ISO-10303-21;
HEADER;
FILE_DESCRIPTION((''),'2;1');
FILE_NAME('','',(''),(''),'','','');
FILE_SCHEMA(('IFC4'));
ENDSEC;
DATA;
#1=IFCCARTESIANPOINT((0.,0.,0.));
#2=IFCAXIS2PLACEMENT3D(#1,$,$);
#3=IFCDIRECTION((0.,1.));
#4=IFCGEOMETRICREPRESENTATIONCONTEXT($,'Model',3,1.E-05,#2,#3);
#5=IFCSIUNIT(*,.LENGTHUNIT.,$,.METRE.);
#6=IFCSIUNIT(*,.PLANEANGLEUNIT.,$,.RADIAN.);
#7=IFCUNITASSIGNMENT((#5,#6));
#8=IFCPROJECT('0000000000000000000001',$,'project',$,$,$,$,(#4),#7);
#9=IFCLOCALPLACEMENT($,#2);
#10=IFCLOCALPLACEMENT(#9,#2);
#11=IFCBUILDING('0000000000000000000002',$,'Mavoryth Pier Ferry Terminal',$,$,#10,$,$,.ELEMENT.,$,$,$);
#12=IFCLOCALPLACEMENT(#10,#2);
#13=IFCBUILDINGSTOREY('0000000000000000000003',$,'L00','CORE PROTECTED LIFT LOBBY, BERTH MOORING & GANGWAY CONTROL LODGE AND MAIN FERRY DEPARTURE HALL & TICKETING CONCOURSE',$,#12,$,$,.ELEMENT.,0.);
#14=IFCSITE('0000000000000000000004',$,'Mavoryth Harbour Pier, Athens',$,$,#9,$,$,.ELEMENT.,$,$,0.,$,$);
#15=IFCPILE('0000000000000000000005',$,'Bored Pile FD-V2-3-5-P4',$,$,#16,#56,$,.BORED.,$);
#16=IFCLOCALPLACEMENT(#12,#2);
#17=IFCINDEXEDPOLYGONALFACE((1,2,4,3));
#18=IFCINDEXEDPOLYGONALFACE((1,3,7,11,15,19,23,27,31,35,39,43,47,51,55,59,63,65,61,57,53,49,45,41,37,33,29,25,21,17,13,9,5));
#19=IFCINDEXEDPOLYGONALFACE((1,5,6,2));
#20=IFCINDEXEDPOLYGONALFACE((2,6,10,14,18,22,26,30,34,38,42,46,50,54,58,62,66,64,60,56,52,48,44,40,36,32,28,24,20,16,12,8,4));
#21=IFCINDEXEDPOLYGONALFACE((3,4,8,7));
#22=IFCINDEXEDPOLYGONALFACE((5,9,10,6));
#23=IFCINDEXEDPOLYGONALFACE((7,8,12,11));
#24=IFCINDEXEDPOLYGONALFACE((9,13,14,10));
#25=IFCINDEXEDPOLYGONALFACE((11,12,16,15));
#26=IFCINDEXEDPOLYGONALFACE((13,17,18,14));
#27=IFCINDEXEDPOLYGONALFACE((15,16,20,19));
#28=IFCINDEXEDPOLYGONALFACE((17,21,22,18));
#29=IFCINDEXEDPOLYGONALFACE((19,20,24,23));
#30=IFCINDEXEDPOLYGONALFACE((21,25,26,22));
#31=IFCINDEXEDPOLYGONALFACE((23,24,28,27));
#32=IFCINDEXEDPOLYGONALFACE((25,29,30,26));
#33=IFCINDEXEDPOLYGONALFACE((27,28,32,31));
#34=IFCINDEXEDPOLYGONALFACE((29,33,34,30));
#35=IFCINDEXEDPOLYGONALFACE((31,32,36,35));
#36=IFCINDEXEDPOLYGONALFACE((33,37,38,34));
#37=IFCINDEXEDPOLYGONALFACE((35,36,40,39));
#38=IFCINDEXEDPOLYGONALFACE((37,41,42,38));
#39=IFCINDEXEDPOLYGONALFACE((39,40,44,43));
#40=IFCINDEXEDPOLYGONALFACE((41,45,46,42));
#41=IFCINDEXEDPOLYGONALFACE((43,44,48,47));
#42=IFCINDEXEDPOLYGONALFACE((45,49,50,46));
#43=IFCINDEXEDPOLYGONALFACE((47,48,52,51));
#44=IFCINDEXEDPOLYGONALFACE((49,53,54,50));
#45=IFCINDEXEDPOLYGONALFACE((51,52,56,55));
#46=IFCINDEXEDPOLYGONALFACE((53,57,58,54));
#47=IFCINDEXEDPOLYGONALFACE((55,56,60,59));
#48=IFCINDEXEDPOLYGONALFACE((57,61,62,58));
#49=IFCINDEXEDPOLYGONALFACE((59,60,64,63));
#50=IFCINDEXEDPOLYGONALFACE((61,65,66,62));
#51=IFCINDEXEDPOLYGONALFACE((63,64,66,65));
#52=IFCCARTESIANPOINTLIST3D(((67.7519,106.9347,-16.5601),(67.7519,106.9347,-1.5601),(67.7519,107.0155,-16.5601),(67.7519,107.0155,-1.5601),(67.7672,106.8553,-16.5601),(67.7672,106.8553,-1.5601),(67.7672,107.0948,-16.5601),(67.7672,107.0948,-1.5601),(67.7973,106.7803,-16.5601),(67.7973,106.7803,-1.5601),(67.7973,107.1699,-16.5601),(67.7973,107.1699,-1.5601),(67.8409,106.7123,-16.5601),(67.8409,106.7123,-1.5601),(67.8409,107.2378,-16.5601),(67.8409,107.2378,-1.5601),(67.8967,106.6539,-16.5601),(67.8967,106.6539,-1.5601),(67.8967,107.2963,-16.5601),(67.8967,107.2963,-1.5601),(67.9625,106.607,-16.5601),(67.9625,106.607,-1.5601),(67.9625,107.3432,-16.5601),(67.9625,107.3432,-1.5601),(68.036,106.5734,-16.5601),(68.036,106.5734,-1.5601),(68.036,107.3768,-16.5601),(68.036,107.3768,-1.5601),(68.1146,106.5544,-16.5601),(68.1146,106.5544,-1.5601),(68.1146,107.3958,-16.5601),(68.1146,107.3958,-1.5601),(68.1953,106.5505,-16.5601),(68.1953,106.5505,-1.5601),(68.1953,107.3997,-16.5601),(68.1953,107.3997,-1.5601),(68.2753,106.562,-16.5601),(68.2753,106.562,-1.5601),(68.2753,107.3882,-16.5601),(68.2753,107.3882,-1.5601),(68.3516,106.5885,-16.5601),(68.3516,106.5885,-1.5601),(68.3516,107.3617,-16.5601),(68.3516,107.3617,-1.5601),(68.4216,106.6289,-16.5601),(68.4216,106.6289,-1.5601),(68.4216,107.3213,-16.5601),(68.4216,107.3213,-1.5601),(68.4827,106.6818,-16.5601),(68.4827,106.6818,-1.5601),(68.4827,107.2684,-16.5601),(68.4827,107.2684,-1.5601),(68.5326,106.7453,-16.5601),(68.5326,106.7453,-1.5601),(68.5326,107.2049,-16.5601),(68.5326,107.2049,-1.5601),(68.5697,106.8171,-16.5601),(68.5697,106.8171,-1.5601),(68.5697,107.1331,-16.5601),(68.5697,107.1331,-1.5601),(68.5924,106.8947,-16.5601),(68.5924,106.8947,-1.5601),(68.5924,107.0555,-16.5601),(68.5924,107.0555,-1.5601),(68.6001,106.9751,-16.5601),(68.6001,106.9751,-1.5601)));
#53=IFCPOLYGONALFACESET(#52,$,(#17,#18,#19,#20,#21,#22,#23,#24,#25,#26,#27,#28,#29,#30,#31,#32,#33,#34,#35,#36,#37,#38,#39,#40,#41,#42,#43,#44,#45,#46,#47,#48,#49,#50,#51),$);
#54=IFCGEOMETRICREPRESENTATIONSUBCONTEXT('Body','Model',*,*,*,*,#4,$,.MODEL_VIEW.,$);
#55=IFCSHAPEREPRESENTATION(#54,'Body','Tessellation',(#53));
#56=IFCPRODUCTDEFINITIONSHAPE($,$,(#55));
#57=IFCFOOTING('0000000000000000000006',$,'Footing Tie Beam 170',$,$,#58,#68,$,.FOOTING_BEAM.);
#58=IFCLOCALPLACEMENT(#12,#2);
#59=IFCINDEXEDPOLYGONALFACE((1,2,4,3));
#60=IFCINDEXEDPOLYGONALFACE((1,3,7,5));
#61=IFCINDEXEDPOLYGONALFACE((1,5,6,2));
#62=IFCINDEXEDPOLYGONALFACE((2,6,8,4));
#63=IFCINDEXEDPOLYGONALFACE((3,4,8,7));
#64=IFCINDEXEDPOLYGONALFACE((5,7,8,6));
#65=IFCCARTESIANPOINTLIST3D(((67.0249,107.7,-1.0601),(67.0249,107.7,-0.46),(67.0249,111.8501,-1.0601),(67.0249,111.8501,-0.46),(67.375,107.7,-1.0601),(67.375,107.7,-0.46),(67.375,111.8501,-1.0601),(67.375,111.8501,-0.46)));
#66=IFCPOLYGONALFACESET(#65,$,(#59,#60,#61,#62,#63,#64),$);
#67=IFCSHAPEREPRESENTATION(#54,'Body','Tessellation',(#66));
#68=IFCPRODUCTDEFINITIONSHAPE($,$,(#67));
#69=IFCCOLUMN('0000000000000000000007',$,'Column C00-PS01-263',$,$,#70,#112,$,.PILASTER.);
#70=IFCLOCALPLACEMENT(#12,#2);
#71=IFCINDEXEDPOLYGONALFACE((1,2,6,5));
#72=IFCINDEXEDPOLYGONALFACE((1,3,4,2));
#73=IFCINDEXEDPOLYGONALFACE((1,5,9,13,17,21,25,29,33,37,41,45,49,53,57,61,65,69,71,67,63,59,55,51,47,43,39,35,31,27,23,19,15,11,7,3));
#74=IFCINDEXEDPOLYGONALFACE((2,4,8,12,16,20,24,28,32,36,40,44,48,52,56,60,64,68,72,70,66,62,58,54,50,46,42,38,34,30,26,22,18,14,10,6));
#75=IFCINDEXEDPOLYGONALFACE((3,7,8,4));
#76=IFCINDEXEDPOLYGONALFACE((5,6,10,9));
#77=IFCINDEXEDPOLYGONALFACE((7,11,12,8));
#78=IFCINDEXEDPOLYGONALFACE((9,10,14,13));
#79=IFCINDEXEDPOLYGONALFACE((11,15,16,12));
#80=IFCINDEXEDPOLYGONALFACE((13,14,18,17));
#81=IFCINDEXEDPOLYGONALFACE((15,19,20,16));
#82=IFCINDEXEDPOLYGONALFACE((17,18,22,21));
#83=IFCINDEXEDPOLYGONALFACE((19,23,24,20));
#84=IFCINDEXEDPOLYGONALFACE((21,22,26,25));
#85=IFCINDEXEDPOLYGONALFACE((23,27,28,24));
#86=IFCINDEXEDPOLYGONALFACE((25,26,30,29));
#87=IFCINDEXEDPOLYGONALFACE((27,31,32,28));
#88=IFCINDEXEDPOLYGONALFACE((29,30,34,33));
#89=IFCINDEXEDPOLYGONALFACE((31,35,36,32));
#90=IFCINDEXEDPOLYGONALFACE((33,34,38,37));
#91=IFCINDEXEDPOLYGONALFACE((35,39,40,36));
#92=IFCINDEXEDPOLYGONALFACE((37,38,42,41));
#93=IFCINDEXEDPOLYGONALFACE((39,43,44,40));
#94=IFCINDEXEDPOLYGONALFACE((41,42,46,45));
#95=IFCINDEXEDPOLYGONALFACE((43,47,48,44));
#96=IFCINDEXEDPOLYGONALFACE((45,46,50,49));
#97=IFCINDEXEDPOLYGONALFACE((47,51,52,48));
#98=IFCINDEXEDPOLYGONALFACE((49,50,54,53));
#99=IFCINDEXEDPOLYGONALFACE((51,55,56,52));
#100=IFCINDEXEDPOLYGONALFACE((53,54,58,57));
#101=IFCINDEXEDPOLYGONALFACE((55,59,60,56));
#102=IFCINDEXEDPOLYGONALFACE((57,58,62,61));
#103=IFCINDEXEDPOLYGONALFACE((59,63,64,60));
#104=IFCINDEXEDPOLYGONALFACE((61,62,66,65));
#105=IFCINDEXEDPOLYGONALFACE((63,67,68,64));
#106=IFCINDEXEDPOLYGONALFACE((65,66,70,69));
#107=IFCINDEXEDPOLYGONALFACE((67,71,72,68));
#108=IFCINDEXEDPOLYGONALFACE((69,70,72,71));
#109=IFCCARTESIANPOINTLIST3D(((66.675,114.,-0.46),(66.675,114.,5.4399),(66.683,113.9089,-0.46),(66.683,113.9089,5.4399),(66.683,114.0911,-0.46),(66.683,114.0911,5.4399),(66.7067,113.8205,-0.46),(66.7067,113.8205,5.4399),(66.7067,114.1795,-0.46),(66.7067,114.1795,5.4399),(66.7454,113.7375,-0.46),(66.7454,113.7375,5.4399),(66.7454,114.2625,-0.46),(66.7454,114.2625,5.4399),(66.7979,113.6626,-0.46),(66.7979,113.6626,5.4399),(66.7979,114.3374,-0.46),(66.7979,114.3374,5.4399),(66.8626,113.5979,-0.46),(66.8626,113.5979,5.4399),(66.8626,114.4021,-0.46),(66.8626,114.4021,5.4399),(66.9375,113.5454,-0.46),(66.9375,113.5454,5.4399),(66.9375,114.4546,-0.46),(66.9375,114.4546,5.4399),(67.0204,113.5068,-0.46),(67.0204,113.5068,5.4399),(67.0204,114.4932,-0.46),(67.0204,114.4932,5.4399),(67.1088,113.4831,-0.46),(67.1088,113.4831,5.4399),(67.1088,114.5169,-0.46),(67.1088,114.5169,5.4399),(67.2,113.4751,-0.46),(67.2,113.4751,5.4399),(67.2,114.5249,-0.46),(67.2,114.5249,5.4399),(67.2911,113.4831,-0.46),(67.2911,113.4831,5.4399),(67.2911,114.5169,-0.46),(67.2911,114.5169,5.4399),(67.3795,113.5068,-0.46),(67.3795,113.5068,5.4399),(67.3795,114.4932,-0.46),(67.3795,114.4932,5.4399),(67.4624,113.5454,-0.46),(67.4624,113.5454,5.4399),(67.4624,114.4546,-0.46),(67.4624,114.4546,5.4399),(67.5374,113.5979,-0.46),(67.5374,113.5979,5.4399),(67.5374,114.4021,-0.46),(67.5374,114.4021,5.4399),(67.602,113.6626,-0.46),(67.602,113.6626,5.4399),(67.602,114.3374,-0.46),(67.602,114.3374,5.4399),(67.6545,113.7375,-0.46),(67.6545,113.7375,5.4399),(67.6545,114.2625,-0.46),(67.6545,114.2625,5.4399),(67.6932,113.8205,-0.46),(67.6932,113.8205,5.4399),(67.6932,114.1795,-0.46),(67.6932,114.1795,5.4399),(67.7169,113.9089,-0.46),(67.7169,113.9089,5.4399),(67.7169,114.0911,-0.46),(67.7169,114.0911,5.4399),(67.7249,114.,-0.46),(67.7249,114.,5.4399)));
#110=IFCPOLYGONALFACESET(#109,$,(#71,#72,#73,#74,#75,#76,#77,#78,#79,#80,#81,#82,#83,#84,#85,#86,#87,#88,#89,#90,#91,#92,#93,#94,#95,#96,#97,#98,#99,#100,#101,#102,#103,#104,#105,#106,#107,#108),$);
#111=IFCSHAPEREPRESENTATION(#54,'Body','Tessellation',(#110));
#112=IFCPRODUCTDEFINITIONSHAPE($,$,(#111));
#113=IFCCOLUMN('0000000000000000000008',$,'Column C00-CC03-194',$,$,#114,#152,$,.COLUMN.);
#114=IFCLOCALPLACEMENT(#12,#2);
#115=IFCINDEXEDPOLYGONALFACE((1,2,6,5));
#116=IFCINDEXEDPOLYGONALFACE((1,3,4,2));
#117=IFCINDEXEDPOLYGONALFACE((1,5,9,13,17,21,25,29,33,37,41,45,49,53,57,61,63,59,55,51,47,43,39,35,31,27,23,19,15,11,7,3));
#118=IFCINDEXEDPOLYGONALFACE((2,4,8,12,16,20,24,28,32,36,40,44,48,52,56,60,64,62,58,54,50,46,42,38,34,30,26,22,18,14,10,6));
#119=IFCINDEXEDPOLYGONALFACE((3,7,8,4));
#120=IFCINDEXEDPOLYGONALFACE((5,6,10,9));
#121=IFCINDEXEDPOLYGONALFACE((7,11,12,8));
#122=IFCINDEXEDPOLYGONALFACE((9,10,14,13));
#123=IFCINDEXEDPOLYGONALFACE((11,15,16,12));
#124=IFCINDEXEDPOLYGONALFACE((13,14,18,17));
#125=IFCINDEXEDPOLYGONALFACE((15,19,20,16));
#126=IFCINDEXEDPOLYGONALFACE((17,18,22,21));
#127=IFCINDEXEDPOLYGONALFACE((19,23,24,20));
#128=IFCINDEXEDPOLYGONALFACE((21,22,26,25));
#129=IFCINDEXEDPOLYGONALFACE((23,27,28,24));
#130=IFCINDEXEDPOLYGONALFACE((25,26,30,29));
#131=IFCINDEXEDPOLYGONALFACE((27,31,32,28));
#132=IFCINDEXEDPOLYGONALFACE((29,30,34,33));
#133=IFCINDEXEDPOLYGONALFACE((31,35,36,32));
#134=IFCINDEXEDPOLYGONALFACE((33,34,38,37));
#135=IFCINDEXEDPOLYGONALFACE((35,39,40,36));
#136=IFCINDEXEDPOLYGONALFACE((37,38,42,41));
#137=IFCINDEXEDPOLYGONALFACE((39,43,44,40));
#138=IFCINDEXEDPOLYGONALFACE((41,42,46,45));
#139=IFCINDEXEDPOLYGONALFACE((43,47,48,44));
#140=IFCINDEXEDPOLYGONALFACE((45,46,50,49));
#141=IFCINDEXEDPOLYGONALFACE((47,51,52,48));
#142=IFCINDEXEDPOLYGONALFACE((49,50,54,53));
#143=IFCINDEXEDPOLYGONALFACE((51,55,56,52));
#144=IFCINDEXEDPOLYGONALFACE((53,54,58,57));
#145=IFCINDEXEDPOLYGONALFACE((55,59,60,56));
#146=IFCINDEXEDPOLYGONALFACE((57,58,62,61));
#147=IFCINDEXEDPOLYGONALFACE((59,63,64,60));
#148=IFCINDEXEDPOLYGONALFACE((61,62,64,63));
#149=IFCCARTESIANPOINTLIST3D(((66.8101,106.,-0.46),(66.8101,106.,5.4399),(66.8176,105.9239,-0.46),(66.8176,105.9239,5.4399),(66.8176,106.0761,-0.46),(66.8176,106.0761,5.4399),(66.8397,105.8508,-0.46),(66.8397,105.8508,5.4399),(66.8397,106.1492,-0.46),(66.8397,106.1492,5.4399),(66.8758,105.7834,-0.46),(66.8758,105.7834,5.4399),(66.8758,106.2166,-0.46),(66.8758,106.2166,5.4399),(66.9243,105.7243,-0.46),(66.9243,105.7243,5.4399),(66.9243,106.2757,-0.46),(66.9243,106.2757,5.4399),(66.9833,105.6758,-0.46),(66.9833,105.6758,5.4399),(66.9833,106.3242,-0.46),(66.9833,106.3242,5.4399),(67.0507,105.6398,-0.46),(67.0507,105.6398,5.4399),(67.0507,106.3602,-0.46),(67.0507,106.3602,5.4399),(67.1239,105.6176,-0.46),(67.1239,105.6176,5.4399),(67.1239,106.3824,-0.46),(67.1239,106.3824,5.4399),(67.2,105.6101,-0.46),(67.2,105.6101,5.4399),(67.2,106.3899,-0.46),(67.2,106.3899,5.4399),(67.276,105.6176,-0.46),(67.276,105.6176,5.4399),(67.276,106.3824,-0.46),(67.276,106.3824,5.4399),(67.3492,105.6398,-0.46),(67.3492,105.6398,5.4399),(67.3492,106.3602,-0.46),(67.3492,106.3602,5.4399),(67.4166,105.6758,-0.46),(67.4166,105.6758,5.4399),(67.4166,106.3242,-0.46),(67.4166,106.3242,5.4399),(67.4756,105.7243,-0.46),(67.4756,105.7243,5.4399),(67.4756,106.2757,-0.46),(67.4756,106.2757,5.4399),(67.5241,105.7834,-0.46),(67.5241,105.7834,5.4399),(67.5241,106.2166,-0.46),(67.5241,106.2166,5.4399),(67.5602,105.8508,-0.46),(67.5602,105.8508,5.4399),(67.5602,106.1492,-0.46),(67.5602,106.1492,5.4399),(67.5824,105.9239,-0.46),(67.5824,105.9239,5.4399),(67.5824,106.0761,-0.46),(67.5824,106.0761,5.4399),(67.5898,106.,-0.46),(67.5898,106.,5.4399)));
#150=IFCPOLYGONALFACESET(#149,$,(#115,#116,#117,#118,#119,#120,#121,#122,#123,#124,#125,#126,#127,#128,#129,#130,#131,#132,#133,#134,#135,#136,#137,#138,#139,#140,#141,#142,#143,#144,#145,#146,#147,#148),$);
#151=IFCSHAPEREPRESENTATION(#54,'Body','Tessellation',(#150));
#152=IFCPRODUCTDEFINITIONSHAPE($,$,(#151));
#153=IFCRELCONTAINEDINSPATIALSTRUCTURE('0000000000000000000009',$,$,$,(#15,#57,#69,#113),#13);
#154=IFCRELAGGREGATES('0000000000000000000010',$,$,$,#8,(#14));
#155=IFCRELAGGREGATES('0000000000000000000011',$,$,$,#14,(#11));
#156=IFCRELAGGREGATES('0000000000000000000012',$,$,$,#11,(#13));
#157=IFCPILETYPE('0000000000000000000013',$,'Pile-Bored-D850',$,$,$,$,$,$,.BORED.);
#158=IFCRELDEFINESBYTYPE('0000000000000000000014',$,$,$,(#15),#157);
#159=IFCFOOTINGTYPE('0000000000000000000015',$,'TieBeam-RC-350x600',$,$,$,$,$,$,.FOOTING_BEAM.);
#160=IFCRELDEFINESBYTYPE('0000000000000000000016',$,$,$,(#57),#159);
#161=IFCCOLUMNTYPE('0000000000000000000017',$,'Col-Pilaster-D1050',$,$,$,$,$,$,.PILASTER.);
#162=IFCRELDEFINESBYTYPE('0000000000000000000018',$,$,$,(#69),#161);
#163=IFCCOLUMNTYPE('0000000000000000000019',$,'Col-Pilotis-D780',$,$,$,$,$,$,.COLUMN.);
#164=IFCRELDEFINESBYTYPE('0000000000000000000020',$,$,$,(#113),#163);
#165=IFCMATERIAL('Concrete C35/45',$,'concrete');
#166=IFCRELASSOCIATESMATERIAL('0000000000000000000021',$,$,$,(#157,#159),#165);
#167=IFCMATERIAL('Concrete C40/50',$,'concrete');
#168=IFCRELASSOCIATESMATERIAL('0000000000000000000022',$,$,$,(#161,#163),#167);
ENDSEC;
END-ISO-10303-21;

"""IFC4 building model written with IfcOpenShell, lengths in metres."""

from ifc_helpers import new_model, si_unit, direction, frame, origin, origin_2d, place, context, subcontext, project, spatial, rectangle, circle, extrude, material, material_profile, profile_set, type_object, element, save


model = new_model("IFC4")

# Units and contexts
model_context = context("Model", 3, precision=1e-05, world=origin(), true_north=direction((0.0, 1.0)))
body_context = subcontext(model_context, "Body", "Model", "MODEL_VIEW")
ifc_project = project(units=[si_unit("LENGTHUNIT", "METRE"), si_unit("PLANEANGLEUNIT", "RADIAN")], contexts=[model_context])

# Site, building, storey
site_placement = place(None, origin())
site = spatial("IfcSite", under=ifc_project, at=site_placement, Name="Mavoryth Harbour Pier, Athens", CompositionType="ELEMENT", RefElevation=0.0)
building_placement = place(site_placement, origin())
building = spatial("IfcBuilding", under=site, at=building_placement, Name="Mavoryth Pier Ferry Terminal", CompositionType="ELEMENT")
storey_placement = place(building_placement, origin())
storey = spatial("IfcBuildingStorey", under=building, at=storey_placement, Name="L00", Description="CORE PROTECTED LIFT LOBBY, BERTH MOORING & GANGWAY CONTROL LODGE AND MAIN FERRY DEPARTURE HALL & TICKETING CONCOURSE", CompositionType="ELEMENT", Elevation=0.0)

# Shared definitions
ifc_material_1 = material(Name="Concrete C35/45", Category="concrete")

# Pile
ifc_material_profile_1 = material_profile(ifc_material_1, circle(Radius=0.425, at=origin_2d()), Name="PILE D850", Category="concrete")
ifc_profile_set_1 = profile_set([ifc_material_profile_1], Name="Concrete C35/45 - PILE D850")
pile_type_1 = type_object("IfcPileType", Name="Pile-Bored-D850", PredefinedType="BORED", material=ifc_profile_set_1)
for number, where, z_axis, x_axis, name in (
    (1, (68.175, 106.9751, -1.5601), (0.0, 0.0, -1.0), (1.0, 0.0, 0.0), "Bored Pile FD-V2-3-5-P4"),
):
    element("IfcPile", number, at=place(storey_placement, frame(where, z_axis=z_axis, x_axis=x_axis)), inside=storey, type_object=pile_type_1, Name=name, PredefinedType="BORED", context=body_context, shape_type="SweptSolid", body=[
        extrude(circle(Radius=0.425, at=origin_2d()), origin(), (0.0, 0.0, 1.0), 15.0),
    ])

# Footing
ifc_material_profile_2 = material_profile(ifc_material_1, rectangle(XDim=0.3501, YDim=0.6001, at=origin_2d()), Name="RC 350x600", Category="concrete")
ifc_profile_set_2 = profile_set([ifc_material_profile_2], Name="Concrete C35/45 - RC 350x600")
footing_type_1 = type_object("IfcFootingType", Name="TieBeam-RC-350x600", PredefinedType="FOOTING_BEAM", material=ifc_profile_set_2)
footing_1_placement = place(storey_placement, frame((67.2, 107.7, -0.76), z_axis=(0.0, 1.0, 0.0), x_axis=(-1.0, 0.0, 0.0)))
element("IfcFooting", 2, at=footing_1_placement, inside=storey, type_object=footing_type_1, Name="Footing Tie Beam 170", PredefinedType="FOOTING_BEAM", context=body_context, shape_type="SweptSolid", body=[
    extrude(rectangle(XDim=0.3501, YDim=0.6001, at=origin_2d()), origin(), (0.0, 0.0, 1.0), 4.1501),
])

# Columns
ifc_material_2 = material(Name="Concrete C40/50", Category="concrete")
ifc_material_profile_3 = material_profile(ifc_material_2, circle(Radius=0.5249, at=origin_2d()), Name="RC D1050", Category="concrete")
ifc_profile_set_3 = profile_set([ifc_material_profile_3], Name="Concrete C40/50 - RC D1050")
column_type_1 = type_object("IfcColumnType", Name="Col-Pilaster-D1050", PredefinedType="PILASTER", material=ifc_profile_set_3)
column_1_placement = place(storey_placement, frame((67.2, 114.0, -0.46), z_axis=(0.0, 0.0, 1.0), x_axis=(1.0, 0.0, 0.0)))
element("IfcColumn", 3, at=column_1_placement, inside=storey, type_object=column_type_1, Name="Column C00-PS01-263", PredefinedType="PILASTER", context=body_context, shape_type="SweptSolid", body=[
    extrude(circle(Radius=0.5249, at=origin_2d()), origin(), (0.0, 0.0, 1.0), 5.8999),
])
ifc_material_profile_4 = material_profile(ifc_material_2, circle(Radius=0.3899, at=origin_2d()), Name="RC D780", Category="concrete")
ifc_profile_set_4 = profile_set([ifc_material_profile_4], Name="Concrete C40/50 - RC D780")
column_type_2 = type_object("IfcColumnType", Name="Col-Pilotis-D780", PredefinedType="COLUMN", material=ifc_profile_set_4)
column_2_placement = place(storey_placement, frame((67.2, 106.0, -0.46), z_axis=(0.0, 0.0, 1.0), x_axis=(1.0, 0.0, 0.0)))
element("IfcColumn", 4, at=column_2_placement, inside=storey, type_object=column_type_2, Name="Column C00-CC03-194", PredefinedType="COLUMN", context=body_context, shape_type="SweptSolid", body=[
    extrude(circle(Radius=0.3899, at=origin_2d()), origin(), (0.0, 0.0, 1.0), 5.8999),
])

save(model, "model.ifc")
